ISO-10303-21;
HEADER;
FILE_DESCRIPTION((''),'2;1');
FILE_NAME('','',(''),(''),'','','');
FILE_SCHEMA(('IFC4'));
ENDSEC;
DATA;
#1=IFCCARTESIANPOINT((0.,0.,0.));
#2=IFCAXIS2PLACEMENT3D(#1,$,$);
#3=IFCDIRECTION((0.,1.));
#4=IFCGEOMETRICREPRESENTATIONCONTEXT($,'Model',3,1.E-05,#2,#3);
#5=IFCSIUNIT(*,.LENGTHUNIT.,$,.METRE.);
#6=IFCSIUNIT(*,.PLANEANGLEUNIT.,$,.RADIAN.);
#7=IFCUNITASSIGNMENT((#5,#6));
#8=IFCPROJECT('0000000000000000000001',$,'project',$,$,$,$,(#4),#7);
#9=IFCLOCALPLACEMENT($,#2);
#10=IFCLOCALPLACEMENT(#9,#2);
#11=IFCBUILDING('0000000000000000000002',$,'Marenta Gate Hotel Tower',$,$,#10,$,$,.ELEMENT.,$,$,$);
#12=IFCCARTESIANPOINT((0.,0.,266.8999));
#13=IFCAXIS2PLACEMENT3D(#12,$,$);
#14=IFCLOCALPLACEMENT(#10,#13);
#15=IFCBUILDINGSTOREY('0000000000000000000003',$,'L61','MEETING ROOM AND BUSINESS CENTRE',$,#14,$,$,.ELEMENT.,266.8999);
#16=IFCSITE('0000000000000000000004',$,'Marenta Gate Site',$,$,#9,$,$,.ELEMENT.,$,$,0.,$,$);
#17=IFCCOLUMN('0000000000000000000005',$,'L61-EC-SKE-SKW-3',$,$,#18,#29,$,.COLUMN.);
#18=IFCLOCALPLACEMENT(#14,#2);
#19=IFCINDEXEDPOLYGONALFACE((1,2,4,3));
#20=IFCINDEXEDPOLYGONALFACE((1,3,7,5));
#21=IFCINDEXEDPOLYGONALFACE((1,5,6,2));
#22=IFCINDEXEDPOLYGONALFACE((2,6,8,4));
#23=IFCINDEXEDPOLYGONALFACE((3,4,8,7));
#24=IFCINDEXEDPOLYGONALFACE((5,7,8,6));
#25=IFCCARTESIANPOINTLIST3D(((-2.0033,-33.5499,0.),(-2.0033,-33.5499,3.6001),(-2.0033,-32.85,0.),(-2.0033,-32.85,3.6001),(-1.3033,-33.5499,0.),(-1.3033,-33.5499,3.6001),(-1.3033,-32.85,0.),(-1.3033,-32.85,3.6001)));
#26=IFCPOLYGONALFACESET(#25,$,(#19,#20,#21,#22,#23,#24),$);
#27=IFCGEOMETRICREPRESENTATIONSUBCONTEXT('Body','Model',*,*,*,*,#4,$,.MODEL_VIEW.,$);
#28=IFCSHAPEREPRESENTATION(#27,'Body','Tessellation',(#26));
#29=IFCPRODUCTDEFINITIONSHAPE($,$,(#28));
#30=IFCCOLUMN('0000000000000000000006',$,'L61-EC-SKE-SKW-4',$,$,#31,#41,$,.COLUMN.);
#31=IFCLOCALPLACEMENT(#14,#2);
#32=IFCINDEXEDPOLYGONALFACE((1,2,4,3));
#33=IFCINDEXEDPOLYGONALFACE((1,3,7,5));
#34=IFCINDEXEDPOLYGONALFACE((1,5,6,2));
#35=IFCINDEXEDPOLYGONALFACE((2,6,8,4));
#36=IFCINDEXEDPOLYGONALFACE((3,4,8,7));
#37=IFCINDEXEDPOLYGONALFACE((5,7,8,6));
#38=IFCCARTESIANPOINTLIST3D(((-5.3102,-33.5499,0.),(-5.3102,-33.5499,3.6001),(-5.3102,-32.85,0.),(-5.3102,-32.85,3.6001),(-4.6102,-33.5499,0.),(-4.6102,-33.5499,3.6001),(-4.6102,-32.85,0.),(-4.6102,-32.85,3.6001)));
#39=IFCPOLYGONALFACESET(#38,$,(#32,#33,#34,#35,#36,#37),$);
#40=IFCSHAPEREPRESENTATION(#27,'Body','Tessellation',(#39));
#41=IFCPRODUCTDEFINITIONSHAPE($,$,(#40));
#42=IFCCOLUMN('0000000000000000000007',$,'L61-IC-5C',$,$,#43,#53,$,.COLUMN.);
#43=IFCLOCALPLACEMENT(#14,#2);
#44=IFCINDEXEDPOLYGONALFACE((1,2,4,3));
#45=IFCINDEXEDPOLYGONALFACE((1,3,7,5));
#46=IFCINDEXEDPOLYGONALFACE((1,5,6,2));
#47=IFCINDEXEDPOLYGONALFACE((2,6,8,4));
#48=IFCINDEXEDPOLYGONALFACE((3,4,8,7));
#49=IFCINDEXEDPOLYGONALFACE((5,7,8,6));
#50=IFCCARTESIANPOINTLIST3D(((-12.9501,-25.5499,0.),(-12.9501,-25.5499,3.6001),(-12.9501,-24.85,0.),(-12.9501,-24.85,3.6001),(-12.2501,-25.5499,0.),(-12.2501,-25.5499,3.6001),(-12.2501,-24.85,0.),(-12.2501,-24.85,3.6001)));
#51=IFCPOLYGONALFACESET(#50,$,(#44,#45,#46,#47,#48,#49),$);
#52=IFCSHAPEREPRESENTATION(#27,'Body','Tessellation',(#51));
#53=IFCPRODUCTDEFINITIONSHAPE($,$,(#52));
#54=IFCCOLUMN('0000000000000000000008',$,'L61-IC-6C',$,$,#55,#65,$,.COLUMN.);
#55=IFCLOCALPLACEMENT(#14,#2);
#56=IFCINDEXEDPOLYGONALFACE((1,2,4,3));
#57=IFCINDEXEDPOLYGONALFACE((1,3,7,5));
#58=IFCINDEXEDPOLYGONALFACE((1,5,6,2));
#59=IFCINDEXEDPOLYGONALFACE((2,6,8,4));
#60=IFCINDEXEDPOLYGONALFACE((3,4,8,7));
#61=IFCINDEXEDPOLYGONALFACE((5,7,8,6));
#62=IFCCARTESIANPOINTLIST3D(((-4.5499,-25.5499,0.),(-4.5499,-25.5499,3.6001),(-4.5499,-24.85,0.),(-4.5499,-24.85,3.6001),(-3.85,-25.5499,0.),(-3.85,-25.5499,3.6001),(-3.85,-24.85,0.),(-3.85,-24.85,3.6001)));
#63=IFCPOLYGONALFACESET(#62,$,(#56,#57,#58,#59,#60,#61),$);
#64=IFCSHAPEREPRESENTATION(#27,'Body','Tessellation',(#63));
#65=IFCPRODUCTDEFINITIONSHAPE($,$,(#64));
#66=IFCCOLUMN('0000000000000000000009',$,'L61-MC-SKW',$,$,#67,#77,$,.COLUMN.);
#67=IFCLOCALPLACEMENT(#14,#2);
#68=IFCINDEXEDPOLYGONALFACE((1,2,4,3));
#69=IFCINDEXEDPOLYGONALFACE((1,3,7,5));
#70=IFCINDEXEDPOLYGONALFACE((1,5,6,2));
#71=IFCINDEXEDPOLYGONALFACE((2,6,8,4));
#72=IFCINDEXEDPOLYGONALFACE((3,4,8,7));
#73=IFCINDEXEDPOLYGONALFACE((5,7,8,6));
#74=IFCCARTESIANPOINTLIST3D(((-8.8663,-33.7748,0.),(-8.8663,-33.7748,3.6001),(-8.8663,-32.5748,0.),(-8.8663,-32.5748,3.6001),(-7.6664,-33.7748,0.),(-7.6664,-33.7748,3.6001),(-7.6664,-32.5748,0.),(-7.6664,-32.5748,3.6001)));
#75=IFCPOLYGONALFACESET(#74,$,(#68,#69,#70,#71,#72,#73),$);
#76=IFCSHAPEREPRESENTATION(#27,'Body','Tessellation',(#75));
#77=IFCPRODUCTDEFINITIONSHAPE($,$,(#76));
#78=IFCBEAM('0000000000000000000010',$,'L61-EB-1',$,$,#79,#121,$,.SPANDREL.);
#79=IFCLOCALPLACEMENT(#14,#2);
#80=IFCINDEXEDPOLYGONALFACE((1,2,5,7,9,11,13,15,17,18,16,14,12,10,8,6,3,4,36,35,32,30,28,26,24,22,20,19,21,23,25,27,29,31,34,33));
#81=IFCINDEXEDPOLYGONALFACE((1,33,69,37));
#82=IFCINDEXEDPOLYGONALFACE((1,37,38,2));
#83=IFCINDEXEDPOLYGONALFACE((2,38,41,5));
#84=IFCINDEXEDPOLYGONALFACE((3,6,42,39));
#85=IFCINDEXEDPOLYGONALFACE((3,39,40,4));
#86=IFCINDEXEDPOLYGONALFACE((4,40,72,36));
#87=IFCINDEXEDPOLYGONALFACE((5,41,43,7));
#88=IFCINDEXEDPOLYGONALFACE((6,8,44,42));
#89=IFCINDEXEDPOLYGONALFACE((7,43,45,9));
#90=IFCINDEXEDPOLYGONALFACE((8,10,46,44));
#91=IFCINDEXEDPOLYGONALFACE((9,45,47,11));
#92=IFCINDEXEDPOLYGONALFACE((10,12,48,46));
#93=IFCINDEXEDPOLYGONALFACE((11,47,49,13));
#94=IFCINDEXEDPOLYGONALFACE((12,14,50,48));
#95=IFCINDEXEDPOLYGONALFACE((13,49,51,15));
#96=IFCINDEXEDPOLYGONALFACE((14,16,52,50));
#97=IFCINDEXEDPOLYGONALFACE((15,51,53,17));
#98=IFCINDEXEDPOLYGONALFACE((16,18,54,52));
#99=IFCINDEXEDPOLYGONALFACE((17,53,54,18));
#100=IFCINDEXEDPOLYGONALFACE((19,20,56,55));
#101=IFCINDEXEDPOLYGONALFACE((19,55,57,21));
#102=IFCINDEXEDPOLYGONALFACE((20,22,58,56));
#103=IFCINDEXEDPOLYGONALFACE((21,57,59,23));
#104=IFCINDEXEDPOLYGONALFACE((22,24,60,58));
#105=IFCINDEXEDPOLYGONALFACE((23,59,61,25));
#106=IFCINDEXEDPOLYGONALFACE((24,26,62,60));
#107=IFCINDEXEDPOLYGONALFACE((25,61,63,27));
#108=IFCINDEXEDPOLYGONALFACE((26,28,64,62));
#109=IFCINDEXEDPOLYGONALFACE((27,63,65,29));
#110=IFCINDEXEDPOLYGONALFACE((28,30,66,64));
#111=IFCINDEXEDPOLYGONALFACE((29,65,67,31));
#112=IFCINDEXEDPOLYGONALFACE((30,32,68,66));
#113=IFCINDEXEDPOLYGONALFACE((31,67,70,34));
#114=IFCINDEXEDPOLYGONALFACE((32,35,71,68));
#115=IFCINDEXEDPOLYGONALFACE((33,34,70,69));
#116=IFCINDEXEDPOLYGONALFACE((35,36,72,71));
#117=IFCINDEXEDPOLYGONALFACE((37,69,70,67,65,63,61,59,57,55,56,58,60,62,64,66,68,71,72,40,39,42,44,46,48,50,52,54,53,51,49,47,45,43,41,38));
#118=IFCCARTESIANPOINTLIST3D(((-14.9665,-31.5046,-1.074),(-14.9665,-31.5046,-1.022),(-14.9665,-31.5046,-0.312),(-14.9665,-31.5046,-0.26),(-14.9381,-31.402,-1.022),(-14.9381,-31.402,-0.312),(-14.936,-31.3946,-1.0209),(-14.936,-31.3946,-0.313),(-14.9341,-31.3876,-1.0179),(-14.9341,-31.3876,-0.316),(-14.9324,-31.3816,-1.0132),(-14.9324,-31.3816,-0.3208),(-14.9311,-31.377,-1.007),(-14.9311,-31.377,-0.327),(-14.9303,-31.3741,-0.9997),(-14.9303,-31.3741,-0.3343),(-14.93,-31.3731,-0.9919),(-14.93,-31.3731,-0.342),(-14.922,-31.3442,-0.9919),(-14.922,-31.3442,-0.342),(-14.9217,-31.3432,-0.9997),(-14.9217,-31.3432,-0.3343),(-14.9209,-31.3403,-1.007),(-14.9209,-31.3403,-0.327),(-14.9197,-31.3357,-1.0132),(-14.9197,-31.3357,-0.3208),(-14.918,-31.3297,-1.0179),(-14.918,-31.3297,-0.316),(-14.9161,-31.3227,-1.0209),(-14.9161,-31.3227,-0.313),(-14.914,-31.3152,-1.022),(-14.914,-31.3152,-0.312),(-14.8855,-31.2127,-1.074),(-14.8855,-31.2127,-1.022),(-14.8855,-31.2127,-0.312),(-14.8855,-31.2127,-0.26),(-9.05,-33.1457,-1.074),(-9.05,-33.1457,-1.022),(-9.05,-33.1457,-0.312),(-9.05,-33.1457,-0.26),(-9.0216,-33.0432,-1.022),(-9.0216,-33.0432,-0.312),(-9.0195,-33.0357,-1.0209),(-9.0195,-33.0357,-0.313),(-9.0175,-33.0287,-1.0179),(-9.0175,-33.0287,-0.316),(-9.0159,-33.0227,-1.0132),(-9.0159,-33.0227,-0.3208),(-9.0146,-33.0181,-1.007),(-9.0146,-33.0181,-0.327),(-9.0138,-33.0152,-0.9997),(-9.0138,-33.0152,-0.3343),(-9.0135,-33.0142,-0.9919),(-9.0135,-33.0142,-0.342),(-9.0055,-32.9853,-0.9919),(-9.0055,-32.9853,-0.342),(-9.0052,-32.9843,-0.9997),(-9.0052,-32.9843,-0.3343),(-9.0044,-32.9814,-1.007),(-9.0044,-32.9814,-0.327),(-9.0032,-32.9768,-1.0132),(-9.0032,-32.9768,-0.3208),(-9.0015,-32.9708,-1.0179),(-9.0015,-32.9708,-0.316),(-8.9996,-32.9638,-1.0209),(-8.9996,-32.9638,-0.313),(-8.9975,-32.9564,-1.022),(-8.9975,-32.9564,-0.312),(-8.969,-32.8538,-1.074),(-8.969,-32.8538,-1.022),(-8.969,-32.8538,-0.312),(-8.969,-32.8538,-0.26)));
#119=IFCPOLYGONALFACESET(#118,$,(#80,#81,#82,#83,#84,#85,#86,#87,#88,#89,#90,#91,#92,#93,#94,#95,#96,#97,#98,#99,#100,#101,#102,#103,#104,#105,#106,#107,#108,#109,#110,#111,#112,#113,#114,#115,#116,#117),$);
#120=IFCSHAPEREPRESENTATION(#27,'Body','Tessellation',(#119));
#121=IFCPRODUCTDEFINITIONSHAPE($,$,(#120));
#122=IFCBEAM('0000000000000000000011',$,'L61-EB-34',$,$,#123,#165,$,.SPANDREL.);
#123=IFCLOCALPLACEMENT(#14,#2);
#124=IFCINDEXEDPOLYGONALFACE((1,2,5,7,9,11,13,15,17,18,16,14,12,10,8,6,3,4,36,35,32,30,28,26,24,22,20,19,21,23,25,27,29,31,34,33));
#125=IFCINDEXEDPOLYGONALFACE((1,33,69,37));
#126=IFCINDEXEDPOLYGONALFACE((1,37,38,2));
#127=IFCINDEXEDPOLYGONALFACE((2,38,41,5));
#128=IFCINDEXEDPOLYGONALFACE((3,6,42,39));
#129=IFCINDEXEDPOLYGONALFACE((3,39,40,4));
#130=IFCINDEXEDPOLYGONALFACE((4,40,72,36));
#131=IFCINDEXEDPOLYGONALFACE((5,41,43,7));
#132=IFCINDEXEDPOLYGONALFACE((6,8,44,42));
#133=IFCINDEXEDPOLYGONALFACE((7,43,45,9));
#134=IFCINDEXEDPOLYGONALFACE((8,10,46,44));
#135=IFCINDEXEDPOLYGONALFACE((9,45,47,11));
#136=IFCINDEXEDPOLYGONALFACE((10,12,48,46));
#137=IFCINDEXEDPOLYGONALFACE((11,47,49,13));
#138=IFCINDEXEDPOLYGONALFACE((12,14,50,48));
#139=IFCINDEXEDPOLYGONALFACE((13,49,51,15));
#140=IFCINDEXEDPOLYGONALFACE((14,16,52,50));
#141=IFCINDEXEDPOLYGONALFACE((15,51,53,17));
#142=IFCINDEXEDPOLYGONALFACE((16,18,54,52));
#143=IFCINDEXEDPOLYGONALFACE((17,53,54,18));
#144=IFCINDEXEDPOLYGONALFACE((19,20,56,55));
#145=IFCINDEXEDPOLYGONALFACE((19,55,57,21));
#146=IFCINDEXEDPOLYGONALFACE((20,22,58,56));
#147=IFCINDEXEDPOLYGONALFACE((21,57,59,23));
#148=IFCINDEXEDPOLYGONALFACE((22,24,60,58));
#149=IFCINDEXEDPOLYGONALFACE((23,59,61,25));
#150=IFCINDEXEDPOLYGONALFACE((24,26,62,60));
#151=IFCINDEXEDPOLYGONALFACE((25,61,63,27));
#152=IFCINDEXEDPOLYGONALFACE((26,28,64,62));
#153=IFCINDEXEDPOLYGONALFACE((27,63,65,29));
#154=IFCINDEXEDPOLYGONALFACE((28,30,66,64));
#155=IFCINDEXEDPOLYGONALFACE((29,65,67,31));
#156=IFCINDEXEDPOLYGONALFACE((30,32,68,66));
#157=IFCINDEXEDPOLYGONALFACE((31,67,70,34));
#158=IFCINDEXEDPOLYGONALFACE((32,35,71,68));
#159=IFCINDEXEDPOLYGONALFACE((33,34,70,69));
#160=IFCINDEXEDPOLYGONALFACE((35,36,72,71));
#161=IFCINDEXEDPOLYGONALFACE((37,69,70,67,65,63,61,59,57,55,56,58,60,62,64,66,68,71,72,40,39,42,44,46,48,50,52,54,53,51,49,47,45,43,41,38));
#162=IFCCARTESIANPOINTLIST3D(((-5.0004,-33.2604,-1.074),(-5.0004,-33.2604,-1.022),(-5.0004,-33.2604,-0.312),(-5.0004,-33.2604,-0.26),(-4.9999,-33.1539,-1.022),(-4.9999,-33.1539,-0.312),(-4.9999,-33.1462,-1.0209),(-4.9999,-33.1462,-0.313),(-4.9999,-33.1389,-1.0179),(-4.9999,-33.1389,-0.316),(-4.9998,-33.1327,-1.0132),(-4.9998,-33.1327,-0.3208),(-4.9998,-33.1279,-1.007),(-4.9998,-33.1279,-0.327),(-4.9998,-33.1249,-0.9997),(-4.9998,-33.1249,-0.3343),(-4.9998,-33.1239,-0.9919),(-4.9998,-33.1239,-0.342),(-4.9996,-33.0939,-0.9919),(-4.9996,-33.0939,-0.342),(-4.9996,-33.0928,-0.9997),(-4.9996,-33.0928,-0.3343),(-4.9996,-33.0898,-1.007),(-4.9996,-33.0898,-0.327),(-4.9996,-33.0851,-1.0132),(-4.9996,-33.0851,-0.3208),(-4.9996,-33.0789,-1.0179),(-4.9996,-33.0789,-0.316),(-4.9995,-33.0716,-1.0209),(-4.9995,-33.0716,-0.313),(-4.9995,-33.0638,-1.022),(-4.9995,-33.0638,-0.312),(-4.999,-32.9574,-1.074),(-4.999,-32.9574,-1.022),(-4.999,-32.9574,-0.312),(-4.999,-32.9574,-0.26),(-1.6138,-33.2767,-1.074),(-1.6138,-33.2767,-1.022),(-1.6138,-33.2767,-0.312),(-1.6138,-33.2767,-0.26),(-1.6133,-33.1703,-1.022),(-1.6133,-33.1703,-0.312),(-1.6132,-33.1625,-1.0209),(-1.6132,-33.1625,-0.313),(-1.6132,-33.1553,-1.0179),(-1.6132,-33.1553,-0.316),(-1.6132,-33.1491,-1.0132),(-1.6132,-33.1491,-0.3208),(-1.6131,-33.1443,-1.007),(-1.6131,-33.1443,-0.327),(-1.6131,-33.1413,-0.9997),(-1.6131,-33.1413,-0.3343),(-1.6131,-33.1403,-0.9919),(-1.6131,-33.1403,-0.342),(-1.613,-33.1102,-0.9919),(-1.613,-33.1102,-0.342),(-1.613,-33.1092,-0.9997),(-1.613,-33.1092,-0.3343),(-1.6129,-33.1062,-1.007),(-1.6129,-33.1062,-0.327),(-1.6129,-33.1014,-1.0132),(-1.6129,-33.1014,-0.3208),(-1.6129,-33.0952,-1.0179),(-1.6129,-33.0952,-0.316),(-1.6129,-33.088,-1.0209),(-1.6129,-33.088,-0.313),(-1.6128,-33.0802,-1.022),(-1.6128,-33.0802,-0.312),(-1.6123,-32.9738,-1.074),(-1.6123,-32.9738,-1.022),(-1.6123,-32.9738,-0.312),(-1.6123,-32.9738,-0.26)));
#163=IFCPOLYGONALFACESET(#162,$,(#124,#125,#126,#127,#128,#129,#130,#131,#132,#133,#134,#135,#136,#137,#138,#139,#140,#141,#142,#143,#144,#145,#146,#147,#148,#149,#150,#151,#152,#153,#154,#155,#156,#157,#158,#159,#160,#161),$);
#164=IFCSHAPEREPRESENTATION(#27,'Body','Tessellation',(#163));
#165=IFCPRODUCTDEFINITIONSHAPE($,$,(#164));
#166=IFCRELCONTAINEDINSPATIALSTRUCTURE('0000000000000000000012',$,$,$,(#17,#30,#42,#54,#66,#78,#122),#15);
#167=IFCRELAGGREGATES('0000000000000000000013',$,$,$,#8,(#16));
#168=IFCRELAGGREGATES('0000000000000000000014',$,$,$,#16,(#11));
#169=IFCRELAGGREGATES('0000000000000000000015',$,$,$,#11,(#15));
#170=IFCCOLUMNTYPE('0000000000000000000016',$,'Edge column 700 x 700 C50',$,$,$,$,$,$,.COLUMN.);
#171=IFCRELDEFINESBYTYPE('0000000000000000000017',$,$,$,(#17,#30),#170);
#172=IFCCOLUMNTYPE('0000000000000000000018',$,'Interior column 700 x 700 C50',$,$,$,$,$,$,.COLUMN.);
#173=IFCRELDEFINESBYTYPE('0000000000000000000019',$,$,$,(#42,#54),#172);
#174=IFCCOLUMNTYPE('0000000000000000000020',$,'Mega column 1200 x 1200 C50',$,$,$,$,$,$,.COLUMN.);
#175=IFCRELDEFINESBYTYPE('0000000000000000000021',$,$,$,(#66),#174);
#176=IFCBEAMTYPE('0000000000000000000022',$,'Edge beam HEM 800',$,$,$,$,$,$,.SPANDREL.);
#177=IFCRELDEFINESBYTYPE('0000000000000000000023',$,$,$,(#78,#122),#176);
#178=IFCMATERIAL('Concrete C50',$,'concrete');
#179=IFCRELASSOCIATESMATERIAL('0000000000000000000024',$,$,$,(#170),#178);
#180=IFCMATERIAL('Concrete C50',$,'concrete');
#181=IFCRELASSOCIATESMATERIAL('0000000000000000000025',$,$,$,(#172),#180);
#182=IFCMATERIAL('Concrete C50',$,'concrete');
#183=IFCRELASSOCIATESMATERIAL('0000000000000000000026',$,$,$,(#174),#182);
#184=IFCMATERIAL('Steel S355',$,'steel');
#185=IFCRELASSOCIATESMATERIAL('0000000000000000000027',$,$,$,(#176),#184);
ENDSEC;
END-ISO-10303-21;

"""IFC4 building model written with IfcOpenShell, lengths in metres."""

from ifc_helpers import new_model, si_unit, direction, frame, origin, origin_2d, place, context, subcontext, project, spatial, rectangle, i_section, extrude, material, material_profile, profile_set, type_object, element, save


model = new_model("IFC4")

# Units and contexts
model_context = context("Model", 3, precision=1e-05, world=origin(), true_north=direction((0.0, 1.0)))
body_context = subcontext(model_context, "Body", "Model", "MODEL_VIEW")
ifc_project = project(units=[si_unit("LENGTHUNIT", "METRE"), si_unit("PLANEANGLEUNIT", "RADIAN")], contexts=[model_context])

# Site, building, storey
site_placement = place(None, origin())
site = spatial("IfcSite", under=ifc_project, at=site_placement, Name="Marenta Gate Site", CompositionType="ELEMENT", RefElevation=0.0)
building_placement = place(site_placement, origin())
building = spatial("IfcBuilding", under=site, at=building_placement, Name="Marenta Gate Hotel Tower", CompositionType="ELEMENT")
storey_placement = place(building_placement, frame((0.0, 0.0, 266.8999)))
storey = spatial("IfcBuildingStorey", under=building, at=storey_placement, Name="L61", Description="MEETING ROOM AND BUSINESS CENTRE", CompositionType="ELEMENT", Elevation=266.8999)

# Columns
ifc_material_1 = material(Name="Concrete C50", Category="concrete")
ifc_material_profile_1 = material_profile(ifc_material_1, rectangle(XDim=0.7, YDim=0.7, at=origin_2d()), Name="700 x 700")
ifc_profile_set_1 = profile_set([ifc_material_profile_1], Name="Concrete C50")
column_type_1 = type_object("IfcColumnType", Name="Edge column 700 x 700 C50", PredefinedType="COLUMN", material=ifc_profile_set_1)
for number, where, z_axis, x_axis, name in (
    (1, (-1.6533, -33.2, 0.0), (0.0, 0.0, 1.0), (1.0, 0.0, 0.0), "L61-EC-SKE-SKW-3"),
    (2, (-4.9602, -33.2, 0.0), (0.0, 0.0, 1.0), (1.0, 0.0, 0.0), "L61-EC-SKE-SKW-4"),
):
    element("IfcColumn", number, at=place(storey_placement, frame(where, z_axis=z_axis, x_axis=x_axis)), inside=storey, type_object=column_type_1, Name=name, PredefinedType="COLUMN", context=body_context, shape_type="SweptSolid", body=[
        extrude(rectangle(XDim=0.7, YDim=0.7, at=origin_2d()), origin(), (0.0, 0.0, 1.0), 3.6001),
    ])
ifc_material_2 = material(Name="Concrete C50", Category="concrete")
ifc_material_profile_2 = material_profile(ifc_material_2, rectangle(XDim=0.7, YDim=0.7, at=origin_2d()), Name="700 x 700")
ifc_profile_set_2 = profile_set([ifc_material_profile_2], Name="Concrete C50")
column_type_2 = type_object("IfcColumnType", Name="Interior column 700 x 700 C50", PredefinedType="COLUMN", material=ifc_profile_set_2)
for number, where, z_axis, x_axis, name in (
    (3, (-12.6001, -25.2, 0.0), (0.0, 0.0, 1.0), (1.0, 0.0, 0.0), "L61-IC-5C"),
    (4, (-4.2, -25.2, 0.0), (0.0, 0.0, 1.0), (1.0, 0.0, 0.0), "L61-IC-6C"),
):
    element("IfcColumn", number, at=place(storey_placement, frame(where, z_axis=z_axis, x_axis=x_axis)), inside=storey, type_object=column_type_2, Name=name, PredefinedType="COLUMN", context=body_context, shape_type="SweptSolid", body=[
        extrude(rectangle(XDim=0.7, YDim=0.7, at=origin_2d()), origin(), (0.0, 0.0, 1.0), 3.6001),
    ])
ifc_material_3 = material(Name="Concrete C50", Category="concrete")
ifc_material_profile_3 = material_profile(ifc_material_3, rectangle(XDim=1.2, YDim=1.2, at=origin_2d()), Name="1200 x 1200")
ifc_profile_set_3 = profile_set([ifc_material_profile_3], Name="Concrete C50")
column_type_3 = type_object("IfcColumnType", Name="Mega column 1200 x 1200 C50", PredefinedType="COLUMN", material=ifc_profile_set_3)
column_placement = place(storey_placement, frame((-8.2664, -33.1748, 0.0), z_axis=(0.0, 0.0, 1.0), x_axis=(1.0, 0.0, 0.0)))
element("IfcColumn", 5, at=column_placement, inside=storey, type_object=column_type_3, Name="L61-MC-SKW", PredefinedType="COLUMN", context=body_context, shape_type="SweptSolid", body=[
    extrude(rectangle(XDim=1.2, YDim=1.2, at=origin_2d()), origin(), (0.0, 0.0, 1.0), 3.6001),
])

# Beams
ifc_material_4 = material(Name="Steel S355", Category="steel")
ifc_material_profile_4 = material_profile(ifc_material_4, i_section(OverallWidth=0.303, OverallDepth=0.814, WebThickness=0.03, FlangeThickness=0.052, FilletRadius=0.03, at=origin_2d()), Name="HEM 800")
ifc_profile_set_4 = profile_set([ifc_material_profile_4], Name="Steel S355")
beam_type_1 = type_object("IfcBeamType", Name="Edge beam HEM 800", PredefinedType="SPANDREL", material=ifc_profile_set_4)
beam_1_placement = place(storey_placement, frame((-9.0095, -32.9998, -0.667), z_axis=(-0.963617, 0.267287, 0.0), x_axis=(-0.267287, -0.963617, 0.0)))
element("IfcBeam", 6, at=beam_1_placement, inside=storey, type_object=beam_type_1, Name="L61-EB-1", PredefinedType="SPANDREL", context=body_context, shape_type="SweptSolid", body=[
    extrude(i_section(OverallWidth=0.303, OverallDepth=0.814, WebThickness=0.03, FlangeThickness=0.052, FilletRadius=0.03, at=origin_2d()), origin(), (0.0, 0.0, 1.0), 6.1399),
])
beam_2_placement = place(storey_placement, frame((-1.613, -33.1252, -0.667), z_axis=(-0.999988, 0.00483, 0.0), x_axis=(-0.00483, -0.999988, 0.0)))
element("IfcBeam", 7, at=beam_2_placement, inside=storey, type_object=beam_type_1, Name="L61-EB-34", PredefinedType="SPANDREL", context=body_context, shape_type="SweptSolid", body=[
    extrude(i_section(OverallWidth=0.303, OverallDepth=0.814, WebThickness=0.03, FlangeThickness=0.052, FilletRadius=0.03, at=origin_2d()), origin(), (0.0, 0.0, 1.0), 3.3867),
])

save(model, "model.ifc")
